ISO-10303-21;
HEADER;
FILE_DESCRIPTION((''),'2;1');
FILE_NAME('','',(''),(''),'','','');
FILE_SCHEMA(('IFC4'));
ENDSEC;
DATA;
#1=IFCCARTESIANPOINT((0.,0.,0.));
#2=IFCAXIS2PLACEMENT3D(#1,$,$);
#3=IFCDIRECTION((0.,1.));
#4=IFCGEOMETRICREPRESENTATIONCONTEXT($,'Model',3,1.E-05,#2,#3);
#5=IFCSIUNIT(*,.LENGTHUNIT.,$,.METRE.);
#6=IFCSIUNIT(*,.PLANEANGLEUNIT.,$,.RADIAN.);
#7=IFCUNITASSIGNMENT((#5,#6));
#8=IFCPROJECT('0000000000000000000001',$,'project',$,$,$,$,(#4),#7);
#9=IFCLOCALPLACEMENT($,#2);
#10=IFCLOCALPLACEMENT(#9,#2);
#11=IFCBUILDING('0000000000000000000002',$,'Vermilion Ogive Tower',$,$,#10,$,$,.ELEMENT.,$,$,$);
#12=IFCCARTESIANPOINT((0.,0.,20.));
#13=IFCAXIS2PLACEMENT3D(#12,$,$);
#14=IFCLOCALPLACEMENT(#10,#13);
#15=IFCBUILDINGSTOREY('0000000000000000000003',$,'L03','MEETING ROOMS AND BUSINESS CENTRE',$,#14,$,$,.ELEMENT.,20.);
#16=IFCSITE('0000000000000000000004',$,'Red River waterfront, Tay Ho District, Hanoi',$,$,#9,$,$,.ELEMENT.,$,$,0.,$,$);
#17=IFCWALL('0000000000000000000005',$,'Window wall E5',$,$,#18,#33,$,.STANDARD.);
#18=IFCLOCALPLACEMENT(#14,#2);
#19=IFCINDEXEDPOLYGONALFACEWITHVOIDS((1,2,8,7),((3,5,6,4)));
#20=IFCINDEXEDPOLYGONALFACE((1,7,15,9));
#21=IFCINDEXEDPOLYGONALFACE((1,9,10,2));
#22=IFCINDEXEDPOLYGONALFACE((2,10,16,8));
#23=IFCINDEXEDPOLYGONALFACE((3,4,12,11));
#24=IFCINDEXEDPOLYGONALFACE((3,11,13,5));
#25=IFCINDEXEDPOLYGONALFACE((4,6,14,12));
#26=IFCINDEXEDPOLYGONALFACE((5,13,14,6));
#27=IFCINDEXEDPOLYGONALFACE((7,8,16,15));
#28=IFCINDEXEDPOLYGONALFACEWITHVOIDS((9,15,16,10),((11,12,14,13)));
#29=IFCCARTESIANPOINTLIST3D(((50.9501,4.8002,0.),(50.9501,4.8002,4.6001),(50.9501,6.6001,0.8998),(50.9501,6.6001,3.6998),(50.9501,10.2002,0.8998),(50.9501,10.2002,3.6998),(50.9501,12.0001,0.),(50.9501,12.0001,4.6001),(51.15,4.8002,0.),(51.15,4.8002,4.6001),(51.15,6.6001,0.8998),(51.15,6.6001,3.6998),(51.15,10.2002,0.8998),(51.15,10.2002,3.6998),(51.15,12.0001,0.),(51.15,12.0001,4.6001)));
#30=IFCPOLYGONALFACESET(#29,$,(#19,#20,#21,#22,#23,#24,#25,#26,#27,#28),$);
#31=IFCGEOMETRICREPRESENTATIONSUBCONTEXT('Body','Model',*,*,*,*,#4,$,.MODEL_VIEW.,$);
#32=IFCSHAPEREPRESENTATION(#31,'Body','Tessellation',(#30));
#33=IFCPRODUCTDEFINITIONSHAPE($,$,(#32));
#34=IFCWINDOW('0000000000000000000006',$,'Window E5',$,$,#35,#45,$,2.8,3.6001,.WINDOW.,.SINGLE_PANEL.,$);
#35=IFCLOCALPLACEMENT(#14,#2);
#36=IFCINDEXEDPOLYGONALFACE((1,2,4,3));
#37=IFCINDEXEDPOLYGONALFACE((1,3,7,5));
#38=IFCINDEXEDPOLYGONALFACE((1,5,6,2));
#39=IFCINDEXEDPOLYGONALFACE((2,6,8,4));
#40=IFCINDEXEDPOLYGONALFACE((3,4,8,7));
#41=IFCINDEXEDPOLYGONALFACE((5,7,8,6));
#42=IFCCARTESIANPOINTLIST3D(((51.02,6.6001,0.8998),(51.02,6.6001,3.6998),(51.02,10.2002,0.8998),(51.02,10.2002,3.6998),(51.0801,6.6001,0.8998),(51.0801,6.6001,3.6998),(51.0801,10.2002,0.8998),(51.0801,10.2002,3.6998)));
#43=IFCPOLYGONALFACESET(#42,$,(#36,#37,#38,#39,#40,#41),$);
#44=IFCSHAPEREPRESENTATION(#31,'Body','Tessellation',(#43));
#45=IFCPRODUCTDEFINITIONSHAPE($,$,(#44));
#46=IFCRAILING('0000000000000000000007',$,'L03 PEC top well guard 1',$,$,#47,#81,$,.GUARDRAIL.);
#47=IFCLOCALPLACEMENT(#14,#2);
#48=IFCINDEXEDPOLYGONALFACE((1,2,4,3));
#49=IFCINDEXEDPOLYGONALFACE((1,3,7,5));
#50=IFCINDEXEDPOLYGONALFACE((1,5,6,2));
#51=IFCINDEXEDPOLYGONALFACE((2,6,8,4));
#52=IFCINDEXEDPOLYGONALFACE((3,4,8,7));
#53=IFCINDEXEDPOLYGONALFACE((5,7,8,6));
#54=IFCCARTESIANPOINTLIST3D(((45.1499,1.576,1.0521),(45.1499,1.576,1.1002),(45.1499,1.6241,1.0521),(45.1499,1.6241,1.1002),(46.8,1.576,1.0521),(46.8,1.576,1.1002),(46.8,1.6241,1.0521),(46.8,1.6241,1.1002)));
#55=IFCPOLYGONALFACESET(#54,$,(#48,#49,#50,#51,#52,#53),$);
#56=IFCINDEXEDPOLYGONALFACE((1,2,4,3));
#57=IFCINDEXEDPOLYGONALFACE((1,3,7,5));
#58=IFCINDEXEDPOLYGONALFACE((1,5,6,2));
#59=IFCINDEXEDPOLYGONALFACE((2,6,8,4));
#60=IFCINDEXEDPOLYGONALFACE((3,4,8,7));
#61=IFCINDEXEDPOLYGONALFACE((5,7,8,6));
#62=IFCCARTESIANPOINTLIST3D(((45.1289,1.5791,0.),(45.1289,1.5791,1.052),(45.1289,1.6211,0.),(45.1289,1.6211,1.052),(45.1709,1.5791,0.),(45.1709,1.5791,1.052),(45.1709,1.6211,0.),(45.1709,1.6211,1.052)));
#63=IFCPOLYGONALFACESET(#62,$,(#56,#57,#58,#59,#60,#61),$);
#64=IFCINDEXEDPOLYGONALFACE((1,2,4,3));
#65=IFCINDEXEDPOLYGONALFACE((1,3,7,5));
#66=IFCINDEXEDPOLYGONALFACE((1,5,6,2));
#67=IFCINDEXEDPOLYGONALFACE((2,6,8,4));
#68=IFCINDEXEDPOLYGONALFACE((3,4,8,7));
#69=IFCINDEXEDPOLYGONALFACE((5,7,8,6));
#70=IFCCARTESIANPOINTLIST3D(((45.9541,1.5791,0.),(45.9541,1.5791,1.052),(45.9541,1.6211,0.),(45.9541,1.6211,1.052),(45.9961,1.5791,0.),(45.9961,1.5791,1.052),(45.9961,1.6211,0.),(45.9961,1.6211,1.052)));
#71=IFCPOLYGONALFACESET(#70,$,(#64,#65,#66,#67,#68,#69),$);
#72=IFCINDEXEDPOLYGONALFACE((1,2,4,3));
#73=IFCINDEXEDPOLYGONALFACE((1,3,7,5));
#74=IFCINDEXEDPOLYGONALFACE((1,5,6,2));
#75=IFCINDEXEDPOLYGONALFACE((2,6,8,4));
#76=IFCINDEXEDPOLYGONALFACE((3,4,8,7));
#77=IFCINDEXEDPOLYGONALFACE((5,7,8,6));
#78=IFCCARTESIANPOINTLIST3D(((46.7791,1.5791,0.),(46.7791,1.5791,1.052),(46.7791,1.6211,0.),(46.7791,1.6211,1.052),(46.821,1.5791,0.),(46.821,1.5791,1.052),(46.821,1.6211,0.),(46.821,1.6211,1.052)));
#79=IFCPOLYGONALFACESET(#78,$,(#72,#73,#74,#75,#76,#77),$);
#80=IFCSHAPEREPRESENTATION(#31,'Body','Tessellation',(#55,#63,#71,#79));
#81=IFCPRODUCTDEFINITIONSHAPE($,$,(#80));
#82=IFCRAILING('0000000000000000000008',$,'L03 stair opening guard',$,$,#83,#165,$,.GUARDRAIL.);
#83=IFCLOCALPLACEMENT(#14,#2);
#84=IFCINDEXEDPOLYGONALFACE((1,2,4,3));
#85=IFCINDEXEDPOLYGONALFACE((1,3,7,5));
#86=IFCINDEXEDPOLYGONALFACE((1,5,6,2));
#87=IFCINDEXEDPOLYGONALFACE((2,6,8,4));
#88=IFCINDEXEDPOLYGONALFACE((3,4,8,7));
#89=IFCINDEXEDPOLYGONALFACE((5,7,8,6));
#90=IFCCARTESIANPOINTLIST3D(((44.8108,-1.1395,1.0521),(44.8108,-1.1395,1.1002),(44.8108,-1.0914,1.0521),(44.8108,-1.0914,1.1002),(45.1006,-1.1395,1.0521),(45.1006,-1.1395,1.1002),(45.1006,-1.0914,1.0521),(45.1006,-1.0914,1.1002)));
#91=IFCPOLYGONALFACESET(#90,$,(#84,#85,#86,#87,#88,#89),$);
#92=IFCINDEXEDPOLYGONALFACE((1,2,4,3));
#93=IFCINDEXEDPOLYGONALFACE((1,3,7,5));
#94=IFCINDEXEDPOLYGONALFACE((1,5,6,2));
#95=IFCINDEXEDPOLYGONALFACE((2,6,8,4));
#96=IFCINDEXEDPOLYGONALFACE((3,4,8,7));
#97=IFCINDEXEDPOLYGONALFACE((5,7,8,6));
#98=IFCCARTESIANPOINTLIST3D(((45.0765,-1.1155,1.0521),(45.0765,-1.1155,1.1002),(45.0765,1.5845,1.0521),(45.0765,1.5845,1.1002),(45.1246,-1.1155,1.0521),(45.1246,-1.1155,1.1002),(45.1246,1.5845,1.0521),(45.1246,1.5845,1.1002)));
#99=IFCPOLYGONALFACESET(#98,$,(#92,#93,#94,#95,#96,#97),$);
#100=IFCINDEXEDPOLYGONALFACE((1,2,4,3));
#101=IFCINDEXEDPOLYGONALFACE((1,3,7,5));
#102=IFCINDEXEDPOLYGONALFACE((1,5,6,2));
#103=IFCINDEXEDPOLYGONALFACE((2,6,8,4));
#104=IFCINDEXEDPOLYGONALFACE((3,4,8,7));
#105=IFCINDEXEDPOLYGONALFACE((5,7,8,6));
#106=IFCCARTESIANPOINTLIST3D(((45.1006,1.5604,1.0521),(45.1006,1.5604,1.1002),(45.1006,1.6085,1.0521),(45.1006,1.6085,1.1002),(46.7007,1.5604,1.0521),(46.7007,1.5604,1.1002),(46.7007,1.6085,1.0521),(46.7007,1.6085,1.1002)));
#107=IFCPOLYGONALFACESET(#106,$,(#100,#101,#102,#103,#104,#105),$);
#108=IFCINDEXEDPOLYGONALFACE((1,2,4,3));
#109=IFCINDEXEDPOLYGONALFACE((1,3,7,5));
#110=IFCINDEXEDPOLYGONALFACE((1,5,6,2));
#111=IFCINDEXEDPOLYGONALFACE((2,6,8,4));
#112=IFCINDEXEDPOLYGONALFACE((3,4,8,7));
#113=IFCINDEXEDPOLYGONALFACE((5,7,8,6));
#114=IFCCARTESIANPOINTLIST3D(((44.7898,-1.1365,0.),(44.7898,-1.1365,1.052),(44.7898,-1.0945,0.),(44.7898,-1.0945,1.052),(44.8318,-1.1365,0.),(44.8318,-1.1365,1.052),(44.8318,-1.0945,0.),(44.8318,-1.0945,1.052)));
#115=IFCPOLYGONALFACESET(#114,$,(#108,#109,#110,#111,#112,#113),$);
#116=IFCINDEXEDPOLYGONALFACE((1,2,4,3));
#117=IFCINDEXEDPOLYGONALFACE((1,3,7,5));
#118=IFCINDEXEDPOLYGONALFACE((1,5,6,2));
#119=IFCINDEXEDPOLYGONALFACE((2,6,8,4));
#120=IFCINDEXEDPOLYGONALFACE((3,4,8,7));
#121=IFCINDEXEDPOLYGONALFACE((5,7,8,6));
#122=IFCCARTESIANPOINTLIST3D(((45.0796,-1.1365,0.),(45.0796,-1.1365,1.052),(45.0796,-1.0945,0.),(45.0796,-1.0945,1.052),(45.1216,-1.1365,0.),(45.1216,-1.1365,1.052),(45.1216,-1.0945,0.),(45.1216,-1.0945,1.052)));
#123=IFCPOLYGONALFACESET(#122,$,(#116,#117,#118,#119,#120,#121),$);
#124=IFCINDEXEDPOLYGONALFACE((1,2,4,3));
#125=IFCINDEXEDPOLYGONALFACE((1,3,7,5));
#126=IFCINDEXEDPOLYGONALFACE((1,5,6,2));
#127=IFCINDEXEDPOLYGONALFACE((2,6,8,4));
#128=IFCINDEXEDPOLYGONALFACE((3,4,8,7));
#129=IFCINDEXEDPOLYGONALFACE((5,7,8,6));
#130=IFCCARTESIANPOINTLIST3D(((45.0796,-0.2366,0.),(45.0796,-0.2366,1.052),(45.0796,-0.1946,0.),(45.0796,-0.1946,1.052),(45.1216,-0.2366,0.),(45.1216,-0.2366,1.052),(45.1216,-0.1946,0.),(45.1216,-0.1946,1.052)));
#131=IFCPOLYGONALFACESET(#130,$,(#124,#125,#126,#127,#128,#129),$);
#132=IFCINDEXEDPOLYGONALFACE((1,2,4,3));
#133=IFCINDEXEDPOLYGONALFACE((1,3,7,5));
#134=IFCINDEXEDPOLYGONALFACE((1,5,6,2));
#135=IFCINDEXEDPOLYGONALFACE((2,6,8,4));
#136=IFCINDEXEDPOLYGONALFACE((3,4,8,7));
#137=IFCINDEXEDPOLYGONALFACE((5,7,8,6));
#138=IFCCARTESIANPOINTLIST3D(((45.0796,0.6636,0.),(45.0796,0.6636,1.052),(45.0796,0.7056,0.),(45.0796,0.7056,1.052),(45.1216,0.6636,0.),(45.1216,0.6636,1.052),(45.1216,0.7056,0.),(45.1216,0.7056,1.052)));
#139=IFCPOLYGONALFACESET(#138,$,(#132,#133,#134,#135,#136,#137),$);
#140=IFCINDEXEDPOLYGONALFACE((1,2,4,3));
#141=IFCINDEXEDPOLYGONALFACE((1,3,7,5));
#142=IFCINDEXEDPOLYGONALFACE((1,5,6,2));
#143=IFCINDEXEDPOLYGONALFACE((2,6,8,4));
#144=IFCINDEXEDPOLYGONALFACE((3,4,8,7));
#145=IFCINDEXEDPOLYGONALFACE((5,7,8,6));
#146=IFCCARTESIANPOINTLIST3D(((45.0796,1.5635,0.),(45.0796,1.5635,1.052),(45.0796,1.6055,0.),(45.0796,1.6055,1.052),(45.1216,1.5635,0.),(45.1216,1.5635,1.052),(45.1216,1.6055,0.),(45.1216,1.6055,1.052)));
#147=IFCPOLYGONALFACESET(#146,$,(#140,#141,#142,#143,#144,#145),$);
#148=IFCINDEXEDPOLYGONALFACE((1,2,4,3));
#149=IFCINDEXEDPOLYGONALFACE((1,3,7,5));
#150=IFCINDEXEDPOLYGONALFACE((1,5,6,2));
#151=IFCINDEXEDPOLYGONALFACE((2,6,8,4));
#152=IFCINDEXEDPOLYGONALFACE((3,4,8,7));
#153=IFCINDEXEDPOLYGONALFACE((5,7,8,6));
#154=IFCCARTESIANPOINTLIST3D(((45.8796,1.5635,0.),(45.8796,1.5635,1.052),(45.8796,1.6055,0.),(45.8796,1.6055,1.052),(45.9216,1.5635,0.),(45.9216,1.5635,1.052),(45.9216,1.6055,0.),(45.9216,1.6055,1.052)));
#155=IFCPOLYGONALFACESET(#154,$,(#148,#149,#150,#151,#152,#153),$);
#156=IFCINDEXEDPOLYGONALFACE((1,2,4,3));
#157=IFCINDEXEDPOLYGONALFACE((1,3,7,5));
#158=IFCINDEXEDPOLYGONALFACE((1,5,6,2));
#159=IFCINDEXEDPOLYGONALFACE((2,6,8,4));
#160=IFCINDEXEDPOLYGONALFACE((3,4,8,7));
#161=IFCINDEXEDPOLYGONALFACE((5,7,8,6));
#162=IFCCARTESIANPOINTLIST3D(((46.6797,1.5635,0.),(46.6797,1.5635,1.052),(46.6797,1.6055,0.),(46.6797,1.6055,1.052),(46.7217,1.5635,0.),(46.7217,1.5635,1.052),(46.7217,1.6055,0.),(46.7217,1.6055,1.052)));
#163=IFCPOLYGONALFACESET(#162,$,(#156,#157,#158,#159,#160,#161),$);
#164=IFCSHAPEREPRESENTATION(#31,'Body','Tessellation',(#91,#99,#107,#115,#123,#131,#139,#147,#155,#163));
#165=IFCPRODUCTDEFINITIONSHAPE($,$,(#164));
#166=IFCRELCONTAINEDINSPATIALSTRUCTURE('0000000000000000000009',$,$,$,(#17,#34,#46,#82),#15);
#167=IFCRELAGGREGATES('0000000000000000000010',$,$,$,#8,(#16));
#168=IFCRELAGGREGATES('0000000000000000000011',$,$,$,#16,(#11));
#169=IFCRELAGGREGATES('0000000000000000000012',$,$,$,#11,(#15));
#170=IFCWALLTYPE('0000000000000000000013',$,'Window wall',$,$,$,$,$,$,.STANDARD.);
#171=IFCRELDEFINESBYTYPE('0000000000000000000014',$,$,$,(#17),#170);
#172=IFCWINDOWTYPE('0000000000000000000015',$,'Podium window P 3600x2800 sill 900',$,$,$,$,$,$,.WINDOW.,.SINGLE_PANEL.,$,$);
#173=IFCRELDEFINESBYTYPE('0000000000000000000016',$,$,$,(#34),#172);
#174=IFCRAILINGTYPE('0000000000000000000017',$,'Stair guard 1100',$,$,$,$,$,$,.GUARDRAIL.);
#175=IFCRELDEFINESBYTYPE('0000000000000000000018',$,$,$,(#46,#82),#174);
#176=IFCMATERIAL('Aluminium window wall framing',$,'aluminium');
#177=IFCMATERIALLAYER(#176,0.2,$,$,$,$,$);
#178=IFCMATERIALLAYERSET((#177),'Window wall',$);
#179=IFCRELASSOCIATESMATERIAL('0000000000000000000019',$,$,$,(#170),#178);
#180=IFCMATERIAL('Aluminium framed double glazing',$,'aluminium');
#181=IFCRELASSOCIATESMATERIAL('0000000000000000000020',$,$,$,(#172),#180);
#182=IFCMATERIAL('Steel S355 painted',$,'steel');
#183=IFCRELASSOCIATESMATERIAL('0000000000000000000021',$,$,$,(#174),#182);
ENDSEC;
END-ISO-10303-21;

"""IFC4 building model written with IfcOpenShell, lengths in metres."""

from ifc_helpers import new_model, si_unit, direction, frame, frame_2d, origin, origin_2d, place, context, subcontext, project, spatial, rectangle, extrude, material, layer, layer_set, type_object, element, fill, save


model = new_model("IFC4")

# Units and contexts
model_context = context("Model", 3, precision=1e-05, world=origin(), true_north=direction((0.0, 1.0)))
body_context = subcontext(model_context, "Body", "Model", "MODEL_VIEW")
ifc_project = project(units=[si_unit("LENGTHUNIT", "METRE"), si_unit("PLANEANGLEUNIT", "RADIAN")], contexts=[model_context])

# Site, building, storey
site_placement = place(None, origin())
site = spatial("IfcSite", under=ifc_project, at=site_placement, Name="Red River waterfront, Tay Ho District, Hanoi", CompositionType="ELEMENT", RefElevation=0.0)
building_placement = place(site_placement, origin())
building = spatial("IfcBuilding", under=site, at=building_placement, Name="Vermilion Ogive Tower", CompositionType="ELEMENT")
storey_placement = place(building_placement, frame((0.0, 0.0, 20.0)))
storey = spatial("IfcBuildingStorey", under=building, at=storey_placement, Name="L03", Description="MEETING ROOMS AND BUSINESS CENTRE", CompositionType="ELEMENT", Elevation=20.0)

# Wall, opening, window
ifc_material_1 = material(Name="Aluminium window wall framing", Category="aluminium")
ifc_layer_1 = layer(ifc_material_1, 0.2)
ifc_layer_set_1 = layer_set([ifc_layer_1], Name="Window wall")
wall_type_1 = type_object("IfcWallType", Name="Window wall", PredefinedType="STANDARD", material=ifc_layer_set_1)
wall_1_placement = place(storey_placement, frame((51.05, 4.8, 0.0), z_axis=(0.0, 0.0, 1.0), x_axis=(0.0, 1.0, 0.0)))
wall_1 = element("IfcWall", 1, at=wall_1_placement, inside=storey, type_object=wall_type_1, Name="Window wall E5", PredefinedType="STANDARD", context=body_context, shape_type="SweptSolid", body=[
    extrude(rectangle(XDim=7.2, YDim=0.2, at=frame_2d((3.6001, 0.0))), origin(), (0.0, 0.0, 1.0), 4.6001),
])
opening_1_placement = place(wall_1_placement, frame((1.8, 0.0, 0.8999)))
opening_1 = element("IfcOpeningElement", 2, at=opening_1_placement, cuts=wall_1, PredefinedType="OPENING", context=body_context, shape_type="SweptSolid", body=[
    extrude(rectangle(XDim=3.6001, YDim=2.8, at=frame_2d((1.8, 1.3999))), frame((0.0, 0.1099, 0.0), z_axis=(0.0, -1.0, 0.0), x_axis=(1.0, 0.0, 0.0)), (0.0, 0.0, 1.0), 0.22),
])
ifc_material_2 = material(Name="Aluminium framed double glazing", Category="aluminium")
window_type = type_object("IfcWindowType", Name="Podium window P 3600x2800 sill 900", PartitioningType="SINGLE_PANEL", PredefinedType="WINDOW", material=ifc_material_2)
window_placement = place(opening_1_placement, origin())
window = element("IfcWindow", 3, at=window_placement, inside=storey, type_object=window_type, Name="Window E5", OverallHeight=2.8, OverallWidth=3.6001, PartitioningType="SINGLE_PANEL", PredefinedType="WINDOW", context=body_context, shape_type="SweptSolid", body=[
    extrude(rectangle(XDim=3.6001, YDim=2.8, at=frame_2d((1.8, 1.3999))), frame((0.0, 0.03, 0.0), z_axis=(0.0, -1.0, 0.0), x_axis=(1.0, 0.0, 0.0)), (0.0, 0.0, 1.0), 0.0601),
])
fill(opening_1, window)

# Railings
ifc_material_3 = material(Name="Steel S355 painted", Category="steel")
railing_type = type_object("IfcRailingType", Name="Stair guard 1100", PredefinedType="GUARDRAIL", material=ifc_material_3)
railing_1_placement = place(storey_placement, frame((45.1499, 1.6001, 0.0)))
element("IfcRailing", 4, at=railing_1_placement, inside=storey, type_object=railing_type, Name="L03 PEC top well guard 1", PredefinedType="GUARDRAIL", context=body_context, shape_type="SweptSolid", body=[
    extrude(rectangle(XDim=0.0481, YDim=0.0481, at=origin_2d()), frame((0.0, 0.0, 1.0762), z_axis=(1.0, 0.0, 0.0), x_axis=(0.0, 1.0, 0.0)), (0.0, 0.0, 1.0), 1.6501),
    extrude(rectangle(XDim=0.042, YDim=0.042, at=origin_2d()), origin(), (0.0, 0.0, 1.0), 1.052),
    extrude(rectangle(XDim=0.042, YDim=0.042, at=origin_2d()), frame((0.8252, 0.0, 0.0)), (0.0, 0.0, 1.0), 1.052),
    extrude(rectangle(XDim=0.042, YDim=0.042, at=origin_2d()), frame((1.6501, 0.0, 0.0)), (0.0, 0.0, 1.0), 1.052),
])
railing_2_placement = place(storey_placement, frame((44.8108, -1.1155, 0.0)))
element("IfcRailing", 5, at=railing_2_placement, inside=storey, type_object=railing_type, Name="L03 stair opening guard", PredefinedType="GUARDRAIL", context=body_context, shape_type="SweptSolid", body=[
    extrude(rectangle(XDim=0.0481, YDim=0.0481, at=origin_2d()), frame((0.0, 0.0, 1.0762), z_axis=(1.0, 0.0, 0.0), x_axis=(0.0, 1.0, 0.0)), (0.0, 0.0, 1.0), 0.2898),
    extrude(rectangle(XDim=0.0481, YDim=0.0481, at=origin_2d()), frame((0.2898, 0.0, 1.0762), z_axis=(0.0, 1.0, 0.0), x_axis=(-1.0, 0.0, 0.0)), (0.0, 0.0, 1.0), 2.7),
    extrude(rectangle(XDim=0.0481, YDim=0.0481, at=origin_2d()), frame((0.2898, 2.7, 1.0762), z_axis=(1.0, 0.0, 0.0), x_axis=(0.0, 1.0, 0.0)), (0.0, 0.0, 1.0), 1.6001),
    extrude(rectangle(XDim=0.042, YDim=0.042, at=origin_2d()), origin(), (0.0, 0.0, 1.0), 1.052),
    extrude(rectangle(XDim=0.042, YDim=0.042, at=origin_2d()), frame((0.2898, 0.0, 0.0)), (0.0, 0.0, 1.0), 1.052),
    extrude(rectangle(XDim=0.042, YDim=0.042, at=origin_2d()), frame((0.2898, 0.8999, 0.0)), (0.0, 0.0, 1.0), 1.052),
    extrude(rectangle(XDim=0.042, YDim=0.042, at=origin_2d()), frame((0.2898, 1.8, 0.0)), (0.0, 0.0, 1.0), 1.052),
    extrude(rectangle(XDim=0.042, YDim=0.042, at=origin_2d()), frame((0.2898, 2.7, 0.0)), (0.0, 0.0, 1.0), 1.052),
    extrude(rectangle(XDim=0.042, YDim=0.042, at=origin_2d()), frame((1.0898, 2.7, 0.0)), (0.0, 0.0, 1.0), 1.052),
    extrude(rectangle(XDim=0.042, YDim=0.042, at=origin_2d()), frame((1.8899, 2.7, 0.0)), (0.0, 0.0, 1.0), 1.052),
])

save(model, "model.ifc")
